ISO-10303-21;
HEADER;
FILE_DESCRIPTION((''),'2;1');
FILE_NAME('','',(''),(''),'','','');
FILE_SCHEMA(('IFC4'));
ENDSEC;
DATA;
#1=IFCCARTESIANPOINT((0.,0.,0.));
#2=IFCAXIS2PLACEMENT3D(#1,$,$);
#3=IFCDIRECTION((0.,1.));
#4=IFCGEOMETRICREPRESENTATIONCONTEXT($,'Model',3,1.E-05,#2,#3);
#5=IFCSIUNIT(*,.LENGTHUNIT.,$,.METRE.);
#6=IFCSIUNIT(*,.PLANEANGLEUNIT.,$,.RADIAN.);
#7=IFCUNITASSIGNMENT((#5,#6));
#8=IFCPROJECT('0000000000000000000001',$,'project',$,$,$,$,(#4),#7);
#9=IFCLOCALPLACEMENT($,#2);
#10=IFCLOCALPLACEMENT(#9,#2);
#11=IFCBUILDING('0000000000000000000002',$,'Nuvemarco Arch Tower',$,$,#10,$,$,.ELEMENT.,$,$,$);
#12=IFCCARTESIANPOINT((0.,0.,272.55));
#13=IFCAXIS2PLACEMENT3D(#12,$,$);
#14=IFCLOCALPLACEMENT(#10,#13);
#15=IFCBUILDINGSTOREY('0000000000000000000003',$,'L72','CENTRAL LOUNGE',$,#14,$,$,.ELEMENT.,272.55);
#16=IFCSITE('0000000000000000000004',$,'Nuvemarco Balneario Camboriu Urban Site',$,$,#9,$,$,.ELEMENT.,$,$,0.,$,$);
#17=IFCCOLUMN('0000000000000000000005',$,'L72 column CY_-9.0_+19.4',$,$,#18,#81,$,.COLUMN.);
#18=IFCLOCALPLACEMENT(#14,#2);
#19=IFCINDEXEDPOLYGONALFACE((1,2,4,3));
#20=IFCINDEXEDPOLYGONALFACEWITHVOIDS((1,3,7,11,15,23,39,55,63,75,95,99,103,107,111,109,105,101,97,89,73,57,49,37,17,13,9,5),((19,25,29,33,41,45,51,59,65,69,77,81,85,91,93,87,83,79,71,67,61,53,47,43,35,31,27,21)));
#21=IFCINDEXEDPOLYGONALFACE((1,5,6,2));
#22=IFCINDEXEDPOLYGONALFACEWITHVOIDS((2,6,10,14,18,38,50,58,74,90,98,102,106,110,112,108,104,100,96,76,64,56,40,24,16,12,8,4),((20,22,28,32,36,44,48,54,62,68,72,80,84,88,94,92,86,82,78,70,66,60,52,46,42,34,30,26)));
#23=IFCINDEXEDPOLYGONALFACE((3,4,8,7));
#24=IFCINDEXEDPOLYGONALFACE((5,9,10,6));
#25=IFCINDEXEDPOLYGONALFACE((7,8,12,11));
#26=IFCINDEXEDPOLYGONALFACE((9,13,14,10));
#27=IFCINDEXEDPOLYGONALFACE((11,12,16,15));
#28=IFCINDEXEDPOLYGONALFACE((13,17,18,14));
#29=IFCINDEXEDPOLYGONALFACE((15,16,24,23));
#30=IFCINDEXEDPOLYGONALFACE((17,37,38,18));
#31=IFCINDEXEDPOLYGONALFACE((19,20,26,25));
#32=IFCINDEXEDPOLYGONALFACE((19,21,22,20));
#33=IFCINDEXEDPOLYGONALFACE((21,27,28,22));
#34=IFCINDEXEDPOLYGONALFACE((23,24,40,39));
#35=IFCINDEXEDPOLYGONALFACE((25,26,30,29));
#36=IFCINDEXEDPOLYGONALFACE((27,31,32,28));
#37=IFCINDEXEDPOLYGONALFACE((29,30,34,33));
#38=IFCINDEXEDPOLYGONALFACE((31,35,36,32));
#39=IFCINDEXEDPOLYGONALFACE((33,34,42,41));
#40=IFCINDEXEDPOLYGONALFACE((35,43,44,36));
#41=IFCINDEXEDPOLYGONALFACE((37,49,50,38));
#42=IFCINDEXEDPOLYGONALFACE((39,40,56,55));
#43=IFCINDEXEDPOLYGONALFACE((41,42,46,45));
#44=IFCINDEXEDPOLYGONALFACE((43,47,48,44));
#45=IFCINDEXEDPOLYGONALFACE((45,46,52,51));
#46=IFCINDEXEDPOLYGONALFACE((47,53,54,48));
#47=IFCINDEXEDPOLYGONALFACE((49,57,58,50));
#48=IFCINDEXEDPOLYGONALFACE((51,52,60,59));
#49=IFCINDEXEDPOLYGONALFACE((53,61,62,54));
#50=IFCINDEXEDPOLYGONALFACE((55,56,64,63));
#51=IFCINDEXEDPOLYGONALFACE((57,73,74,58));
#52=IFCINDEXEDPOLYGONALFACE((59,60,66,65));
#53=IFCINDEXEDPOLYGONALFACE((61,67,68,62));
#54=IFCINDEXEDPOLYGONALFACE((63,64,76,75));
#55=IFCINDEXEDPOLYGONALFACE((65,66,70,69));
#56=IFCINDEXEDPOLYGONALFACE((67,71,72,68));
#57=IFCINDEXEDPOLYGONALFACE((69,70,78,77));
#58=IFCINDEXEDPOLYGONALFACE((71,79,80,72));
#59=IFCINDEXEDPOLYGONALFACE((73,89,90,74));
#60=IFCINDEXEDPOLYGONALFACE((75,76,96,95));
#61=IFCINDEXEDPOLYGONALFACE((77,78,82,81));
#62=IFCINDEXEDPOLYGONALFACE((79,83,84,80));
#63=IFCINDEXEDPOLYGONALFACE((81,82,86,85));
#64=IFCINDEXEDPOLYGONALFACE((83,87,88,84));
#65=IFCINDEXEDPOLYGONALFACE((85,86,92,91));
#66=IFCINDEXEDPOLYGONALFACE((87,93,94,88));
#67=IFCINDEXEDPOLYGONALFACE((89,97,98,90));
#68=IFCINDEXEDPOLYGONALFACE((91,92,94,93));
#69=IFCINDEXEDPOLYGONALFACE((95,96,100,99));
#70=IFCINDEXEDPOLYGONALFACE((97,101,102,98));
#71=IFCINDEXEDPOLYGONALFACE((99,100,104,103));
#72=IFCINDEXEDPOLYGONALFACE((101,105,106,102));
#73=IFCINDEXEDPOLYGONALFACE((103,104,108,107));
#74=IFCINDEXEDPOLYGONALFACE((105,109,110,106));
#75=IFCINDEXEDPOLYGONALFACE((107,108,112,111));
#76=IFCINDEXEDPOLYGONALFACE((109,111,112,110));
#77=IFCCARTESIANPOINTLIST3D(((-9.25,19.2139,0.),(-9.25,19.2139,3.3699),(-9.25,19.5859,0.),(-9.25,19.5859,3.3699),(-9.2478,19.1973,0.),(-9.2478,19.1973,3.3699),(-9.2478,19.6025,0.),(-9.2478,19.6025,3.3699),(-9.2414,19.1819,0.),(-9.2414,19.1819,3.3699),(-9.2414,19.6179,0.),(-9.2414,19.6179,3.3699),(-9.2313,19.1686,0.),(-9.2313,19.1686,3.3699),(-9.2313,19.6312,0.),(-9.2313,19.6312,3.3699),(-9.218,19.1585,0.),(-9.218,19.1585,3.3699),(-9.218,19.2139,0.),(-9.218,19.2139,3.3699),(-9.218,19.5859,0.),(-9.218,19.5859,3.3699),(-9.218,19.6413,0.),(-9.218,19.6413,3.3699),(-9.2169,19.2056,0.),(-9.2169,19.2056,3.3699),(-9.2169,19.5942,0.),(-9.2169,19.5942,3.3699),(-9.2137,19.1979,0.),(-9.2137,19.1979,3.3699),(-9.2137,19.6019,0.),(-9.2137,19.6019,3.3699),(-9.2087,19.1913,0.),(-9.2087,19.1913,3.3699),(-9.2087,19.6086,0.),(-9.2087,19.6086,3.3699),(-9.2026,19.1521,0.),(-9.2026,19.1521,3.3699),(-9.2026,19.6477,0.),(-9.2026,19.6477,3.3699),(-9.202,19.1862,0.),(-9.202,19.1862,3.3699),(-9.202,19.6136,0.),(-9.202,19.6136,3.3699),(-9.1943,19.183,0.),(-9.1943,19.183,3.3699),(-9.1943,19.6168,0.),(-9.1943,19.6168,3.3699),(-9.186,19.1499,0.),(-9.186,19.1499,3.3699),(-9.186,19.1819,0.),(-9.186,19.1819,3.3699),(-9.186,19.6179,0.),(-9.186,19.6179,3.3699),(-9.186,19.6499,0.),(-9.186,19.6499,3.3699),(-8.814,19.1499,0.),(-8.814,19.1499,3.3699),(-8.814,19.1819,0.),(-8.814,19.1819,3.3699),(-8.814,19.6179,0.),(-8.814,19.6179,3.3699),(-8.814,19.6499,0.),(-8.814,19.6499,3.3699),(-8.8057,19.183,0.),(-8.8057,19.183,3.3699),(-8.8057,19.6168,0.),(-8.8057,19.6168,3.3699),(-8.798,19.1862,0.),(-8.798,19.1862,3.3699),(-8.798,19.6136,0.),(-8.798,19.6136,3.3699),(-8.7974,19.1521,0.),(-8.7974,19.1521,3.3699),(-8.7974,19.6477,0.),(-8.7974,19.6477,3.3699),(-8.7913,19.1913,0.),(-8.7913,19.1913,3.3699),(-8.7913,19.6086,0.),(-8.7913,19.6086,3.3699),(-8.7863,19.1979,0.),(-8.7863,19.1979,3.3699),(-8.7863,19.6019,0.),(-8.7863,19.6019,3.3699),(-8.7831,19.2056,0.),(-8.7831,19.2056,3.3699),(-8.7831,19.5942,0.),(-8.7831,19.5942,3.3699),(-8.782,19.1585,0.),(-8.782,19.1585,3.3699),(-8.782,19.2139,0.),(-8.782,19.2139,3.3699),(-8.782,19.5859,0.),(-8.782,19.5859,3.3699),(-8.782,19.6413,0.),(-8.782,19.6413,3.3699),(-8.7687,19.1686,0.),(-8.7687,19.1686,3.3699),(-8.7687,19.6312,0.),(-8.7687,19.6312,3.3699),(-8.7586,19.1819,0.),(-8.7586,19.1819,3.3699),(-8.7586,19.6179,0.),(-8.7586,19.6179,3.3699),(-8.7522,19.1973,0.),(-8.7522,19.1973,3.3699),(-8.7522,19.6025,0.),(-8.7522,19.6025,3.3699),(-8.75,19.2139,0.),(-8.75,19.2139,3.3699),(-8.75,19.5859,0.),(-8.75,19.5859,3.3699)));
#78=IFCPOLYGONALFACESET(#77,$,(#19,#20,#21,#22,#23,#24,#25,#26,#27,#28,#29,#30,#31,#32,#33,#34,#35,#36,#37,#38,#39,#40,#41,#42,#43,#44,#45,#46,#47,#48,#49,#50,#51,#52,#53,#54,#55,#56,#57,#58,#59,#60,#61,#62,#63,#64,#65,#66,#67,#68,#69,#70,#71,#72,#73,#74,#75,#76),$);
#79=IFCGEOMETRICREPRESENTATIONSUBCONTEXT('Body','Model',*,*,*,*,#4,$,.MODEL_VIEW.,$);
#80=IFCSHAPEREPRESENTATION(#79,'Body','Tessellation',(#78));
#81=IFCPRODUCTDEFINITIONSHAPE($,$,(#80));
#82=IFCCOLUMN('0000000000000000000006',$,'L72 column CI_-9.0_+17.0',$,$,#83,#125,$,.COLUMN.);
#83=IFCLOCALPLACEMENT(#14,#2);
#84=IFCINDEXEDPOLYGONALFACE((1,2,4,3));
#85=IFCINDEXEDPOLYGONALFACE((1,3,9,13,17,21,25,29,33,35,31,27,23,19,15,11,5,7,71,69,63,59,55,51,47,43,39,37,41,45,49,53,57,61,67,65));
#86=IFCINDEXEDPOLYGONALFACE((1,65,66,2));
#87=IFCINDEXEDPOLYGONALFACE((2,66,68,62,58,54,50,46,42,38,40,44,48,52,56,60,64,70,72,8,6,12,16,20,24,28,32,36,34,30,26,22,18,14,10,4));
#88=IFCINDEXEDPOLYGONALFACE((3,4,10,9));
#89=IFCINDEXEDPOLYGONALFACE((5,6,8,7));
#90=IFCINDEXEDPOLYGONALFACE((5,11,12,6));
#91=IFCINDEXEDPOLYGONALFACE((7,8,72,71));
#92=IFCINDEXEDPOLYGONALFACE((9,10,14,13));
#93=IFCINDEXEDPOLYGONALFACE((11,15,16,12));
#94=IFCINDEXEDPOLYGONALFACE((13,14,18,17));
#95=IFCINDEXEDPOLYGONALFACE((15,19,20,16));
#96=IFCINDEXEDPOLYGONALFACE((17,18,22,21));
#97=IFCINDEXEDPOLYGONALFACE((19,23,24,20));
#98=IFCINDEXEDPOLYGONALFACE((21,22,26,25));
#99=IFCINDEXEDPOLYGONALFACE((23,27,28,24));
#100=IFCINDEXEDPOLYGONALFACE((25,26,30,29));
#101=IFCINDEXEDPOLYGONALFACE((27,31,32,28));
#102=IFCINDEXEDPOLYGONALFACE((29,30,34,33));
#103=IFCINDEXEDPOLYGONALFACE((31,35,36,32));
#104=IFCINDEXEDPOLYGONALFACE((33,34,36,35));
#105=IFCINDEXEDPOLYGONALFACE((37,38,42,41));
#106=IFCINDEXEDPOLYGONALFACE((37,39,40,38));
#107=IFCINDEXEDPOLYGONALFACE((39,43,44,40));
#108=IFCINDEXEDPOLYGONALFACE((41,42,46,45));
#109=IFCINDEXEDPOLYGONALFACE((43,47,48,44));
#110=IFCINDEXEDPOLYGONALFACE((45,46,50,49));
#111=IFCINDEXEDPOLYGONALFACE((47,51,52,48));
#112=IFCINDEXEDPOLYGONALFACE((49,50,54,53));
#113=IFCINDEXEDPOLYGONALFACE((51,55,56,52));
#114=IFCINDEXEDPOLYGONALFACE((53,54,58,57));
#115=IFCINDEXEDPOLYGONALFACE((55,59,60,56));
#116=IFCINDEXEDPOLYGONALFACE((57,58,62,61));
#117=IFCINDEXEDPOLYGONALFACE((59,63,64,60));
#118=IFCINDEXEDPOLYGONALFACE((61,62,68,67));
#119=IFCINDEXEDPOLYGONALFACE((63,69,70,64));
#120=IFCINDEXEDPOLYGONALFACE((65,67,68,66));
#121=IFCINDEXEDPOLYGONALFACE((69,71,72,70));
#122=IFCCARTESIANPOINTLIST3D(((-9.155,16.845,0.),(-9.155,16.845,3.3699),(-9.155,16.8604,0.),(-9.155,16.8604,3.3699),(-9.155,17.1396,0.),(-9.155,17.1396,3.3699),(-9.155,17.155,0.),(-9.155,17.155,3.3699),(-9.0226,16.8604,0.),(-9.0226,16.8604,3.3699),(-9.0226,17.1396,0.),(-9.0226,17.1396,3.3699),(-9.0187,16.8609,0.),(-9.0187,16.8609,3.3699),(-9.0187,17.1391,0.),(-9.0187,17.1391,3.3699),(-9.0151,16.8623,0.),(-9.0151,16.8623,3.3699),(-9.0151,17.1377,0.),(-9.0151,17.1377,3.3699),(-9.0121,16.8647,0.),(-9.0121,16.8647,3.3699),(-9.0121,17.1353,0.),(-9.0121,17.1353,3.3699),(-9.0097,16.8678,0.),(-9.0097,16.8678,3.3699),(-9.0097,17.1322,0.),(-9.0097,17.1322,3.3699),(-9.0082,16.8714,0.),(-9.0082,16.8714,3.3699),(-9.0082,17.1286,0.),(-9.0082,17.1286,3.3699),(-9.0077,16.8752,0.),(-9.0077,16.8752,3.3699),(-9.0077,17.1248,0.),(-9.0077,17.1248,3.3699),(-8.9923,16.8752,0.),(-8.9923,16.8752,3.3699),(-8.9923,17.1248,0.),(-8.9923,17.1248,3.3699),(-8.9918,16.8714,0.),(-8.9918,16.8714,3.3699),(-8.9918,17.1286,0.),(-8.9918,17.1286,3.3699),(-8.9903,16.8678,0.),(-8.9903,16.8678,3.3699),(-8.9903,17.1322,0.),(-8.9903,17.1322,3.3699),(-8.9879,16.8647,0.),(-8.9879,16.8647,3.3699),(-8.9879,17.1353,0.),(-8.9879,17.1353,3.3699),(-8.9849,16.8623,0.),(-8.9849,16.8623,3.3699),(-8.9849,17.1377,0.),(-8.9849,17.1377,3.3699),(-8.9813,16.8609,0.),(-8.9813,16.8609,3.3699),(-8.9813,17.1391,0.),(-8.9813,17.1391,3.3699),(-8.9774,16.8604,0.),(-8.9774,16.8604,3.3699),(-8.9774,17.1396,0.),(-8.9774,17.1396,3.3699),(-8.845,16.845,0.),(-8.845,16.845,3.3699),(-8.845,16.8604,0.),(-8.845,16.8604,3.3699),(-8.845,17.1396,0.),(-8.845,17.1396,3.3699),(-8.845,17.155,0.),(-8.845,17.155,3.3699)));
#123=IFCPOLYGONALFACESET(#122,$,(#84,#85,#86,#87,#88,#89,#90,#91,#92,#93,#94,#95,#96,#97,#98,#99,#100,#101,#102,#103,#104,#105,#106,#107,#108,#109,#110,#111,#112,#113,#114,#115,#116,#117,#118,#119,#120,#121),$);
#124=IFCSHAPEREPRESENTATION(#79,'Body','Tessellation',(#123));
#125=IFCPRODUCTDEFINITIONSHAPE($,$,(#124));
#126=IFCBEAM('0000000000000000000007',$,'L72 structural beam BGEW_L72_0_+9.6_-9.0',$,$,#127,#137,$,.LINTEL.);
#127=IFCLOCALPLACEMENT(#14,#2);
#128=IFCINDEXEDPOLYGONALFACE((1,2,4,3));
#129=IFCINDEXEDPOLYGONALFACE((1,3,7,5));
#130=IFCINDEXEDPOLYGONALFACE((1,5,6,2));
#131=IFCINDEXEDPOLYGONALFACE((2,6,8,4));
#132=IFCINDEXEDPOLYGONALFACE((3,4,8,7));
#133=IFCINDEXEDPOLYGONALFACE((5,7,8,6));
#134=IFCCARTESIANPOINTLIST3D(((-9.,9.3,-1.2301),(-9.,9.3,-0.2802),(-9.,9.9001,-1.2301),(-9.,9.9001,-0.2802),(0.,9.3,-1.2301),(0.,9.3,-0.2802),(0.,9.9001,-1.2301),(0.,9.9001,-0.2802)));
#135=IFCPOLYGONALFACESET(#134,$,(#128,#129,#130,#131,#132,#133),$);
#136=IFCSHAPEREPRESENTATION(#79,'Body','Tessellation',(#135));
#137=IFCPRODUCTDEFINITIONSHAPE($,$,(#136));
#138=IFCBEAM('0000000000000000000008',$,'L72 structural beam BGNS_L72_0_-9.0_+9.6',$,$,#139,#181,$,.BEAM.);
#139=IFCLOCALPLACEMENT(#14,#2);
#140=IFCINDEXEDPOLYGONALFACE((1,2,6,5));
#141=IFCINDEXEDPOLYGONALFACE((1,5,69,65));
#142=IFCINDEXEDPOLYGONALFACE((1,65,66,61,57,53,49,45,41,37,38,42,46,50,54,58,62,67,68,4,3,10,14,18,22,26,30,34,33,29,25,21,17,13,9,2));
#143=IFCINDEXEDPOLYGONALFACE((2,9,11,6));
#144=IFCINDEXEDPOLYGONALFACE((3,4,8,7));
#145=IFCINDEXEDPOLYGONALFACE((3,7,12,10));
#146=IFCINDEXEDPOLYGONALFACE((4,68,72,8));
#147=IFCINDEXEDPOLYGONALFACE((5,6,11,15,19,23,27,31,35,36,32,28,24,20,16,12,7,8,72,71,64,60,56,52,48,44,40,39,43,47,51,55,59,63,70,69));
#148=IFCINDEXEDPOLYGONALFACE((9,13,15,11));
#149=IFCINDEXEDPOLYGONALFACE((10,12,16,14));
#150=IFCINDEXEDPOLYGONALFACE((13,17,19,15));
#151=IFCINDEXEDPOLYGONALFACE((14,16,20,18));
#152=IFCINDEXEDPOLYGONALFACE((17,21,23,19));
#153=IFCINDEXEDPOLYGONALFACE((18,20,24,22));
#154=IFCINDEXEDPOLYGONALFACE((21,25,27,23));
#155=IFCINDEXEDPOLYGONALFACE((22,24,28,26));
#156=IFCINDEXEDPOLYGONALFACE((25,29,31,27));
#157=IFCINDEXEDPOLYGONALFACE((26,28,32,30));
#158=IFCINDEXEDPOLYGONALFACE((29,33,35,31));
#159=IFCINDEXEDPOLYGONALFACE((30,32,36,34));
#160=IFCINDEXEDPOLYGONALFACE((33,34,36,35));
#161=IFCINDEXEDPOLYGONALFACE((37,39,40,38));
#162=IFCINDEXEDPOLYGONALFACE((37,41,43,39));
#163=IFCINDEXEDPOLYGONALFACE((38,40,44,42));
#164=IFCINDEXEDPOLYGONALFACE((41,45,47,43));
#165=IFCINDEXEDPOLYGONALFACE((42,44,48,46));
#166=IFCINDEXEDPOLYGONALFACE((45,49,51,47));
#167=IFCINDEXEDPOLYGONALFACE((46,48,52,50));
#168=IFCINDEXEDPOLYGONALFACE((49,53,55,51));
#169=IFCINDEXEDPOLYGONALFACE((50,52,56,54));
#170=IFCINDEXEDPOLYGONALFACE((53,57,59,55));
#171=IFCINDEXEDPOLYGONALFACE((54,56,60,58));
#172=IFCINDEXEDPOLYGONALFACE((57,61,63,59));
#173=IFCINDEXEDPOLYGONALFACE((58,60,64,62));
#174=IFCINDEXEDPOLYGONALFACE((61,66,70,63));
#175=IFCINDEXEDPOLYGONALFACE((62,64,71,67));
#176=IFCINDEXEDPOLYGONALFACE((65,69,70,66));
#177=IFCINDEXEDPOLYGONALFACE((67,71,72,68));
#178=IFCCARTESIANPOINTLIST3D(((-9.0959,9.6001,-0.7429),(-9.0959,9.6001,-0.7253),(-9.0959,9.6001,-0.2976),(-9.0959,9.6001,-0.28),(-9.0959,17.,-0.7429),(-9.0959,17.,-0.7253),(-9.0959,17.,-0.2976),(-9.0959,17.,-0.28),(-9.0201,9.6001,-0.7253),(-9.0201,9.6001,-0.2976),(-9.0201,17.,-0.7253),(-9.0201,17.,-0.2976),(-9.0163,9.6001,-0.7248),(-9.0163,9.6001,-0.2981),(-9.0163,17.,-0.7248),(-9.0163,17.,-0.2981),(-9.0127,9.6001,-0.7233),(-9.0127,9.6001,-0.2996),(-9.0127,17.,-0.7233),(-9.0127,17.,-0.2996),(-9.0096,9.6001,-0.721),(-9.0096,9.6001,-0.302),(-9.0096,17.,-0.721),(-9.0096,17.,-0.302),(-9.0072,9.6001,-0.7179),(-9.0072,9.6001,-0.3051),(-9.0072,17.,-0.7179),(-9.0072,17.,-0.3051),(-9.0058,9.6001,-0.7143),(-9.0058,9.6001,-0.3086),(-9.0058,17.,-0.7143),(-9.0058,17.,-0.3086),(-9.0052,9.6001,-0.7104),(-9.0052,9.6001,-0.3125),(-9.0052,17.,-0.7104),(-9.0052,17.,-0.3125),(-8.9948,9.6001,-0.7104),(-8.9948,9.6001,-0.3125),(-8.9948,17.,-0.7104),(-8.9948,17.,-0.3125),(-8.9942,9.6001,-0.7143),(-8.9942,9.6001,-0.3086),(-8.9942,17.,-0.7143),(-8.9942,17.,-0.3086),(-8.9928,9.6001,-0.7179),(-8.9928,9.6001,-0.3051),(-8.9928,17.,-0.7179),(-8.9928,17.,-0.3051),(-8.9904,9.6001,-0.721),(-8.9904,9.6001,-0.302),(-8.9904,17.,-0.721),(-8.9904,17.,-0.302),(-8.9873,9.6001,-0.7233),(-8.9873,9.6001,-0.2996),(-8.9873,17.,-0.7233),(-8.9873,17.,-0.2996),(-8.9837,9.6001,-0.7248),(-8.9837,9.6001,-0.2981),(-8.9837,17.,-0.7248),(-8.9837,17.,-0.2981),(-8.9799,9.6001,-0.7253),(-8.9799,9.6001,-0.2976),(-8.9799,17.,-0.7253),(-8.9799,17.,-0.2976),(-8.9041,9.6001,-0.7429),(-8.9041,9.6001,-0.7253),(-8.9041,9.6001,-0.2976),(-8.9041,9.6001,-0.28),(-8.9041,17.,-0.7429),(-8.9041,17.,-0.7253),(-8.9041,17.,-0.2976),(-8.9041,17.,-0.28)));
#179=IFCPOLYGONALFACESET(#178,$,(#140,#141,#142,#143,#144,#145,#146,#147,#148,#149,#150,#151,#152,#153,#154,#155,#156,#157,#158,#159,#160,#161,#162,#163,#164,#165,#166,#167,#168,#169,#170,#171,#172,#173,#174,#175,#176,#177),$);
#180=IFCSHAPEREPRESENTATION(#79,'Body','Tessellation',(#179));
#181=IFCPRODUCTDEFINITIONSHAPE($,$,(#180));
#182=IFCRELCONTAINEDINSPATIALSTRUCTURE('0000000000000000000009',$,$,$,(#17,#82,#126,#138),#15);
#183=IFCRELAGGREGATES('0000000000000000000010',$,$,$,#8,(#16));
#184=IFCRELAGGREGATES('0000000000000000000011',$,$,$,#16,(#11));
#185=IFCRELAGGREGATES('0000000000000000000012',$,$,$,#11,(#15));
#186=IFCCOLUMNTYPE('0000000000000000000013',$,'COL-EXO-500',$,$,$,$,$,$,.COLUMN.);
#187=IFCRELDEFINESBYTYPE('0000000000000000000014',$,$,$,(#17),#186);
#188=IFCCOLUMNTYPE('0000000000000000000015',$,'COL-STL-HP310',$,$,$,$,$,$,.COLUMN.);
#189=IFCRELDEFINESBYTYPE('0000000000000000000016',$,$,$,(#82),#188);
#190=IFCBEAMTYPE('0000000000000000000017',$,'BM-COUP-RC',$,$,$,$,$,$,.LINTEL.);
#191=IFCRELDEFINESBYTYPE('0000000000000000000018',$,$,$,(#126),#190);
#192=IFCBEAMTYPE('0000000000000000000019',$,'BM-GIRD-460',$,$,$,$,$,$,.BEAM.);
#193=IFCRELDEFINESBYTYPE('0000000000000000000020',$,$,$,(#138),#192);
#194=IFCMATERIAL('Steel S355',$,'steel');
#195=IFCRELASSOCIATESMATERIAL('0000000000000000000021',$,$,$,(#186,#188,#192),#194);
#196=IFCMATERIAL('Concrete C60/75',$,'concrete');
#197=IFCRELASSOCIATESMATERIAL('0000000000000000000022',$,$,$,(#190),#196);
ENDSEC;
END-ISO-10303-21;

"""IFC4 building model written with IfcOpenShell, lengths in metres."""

from ifc_helpers import new_model, si_unit, direction, frame, origin, origin_2d, place, context, subcontext, project, spatial, rectangle, hollow_rectangle, i_section, extrude, material, material_profile, profile_set, type_object, element, save


model = new_model("IFC4")

# Units and contexts
model_context = context("Model", 3, precision=1e-05, world=origin(), true_north=direction((0.0, 1.0)))
body_context = subcontext(model_context, "Body", "Model", "MODEL_VIEW")
ifc_project = project(units=[si_unit("LENGTHUNIT", "METRE"), si_unit("PLANEANGLEUNIT", "RADIAN")], contexts=[model_context])

# Site, building, storey
site_placement = place(None, origin())
site = spatial("IfcSite", under=ifc_project, at=site_placement, Name="Nuvemarco Balneario Camboriu Urban Site", CompositionType="ELEMENT", RefElevation=0.0)
building_placement = place(site_placement, origin())
building = spatial("IfcBuilding", under=site, at=building_placement, Name="Nuvemarco Arch Tower", CompositionType="ELEMENT")
storey_placement = place(building_placement, frame((0.0, 0.0, 272.55)))
storey = spatial("IfcBuildingStorey", under=building, at=storey_placement, Name="L72", Description="CENTRAL LOUNGE", CompositionType="ELEMENT", Elevation=272.55)

# Columns
ifc_material_1 = material(Name="Steel S355", Category="steel")
ifc_material_profile_1 = material_profile(ifc_material_1, hollow_rectangle(XDim=0.5, YDim=0.5, WallThickness=0.032, InnerFilletRadius=0.032, OuterFilletRadius=0.064, at=origin_2d()), Name="SHS500x500x32")
ifc_profile_set_1 = profile_set([ifc_material_profile_1], Name="Steel S355")
column_type_1 = type_object("IfcColumnType", Name="COL-EXO-500", PredefinedType="COLUMN", material=ifc_profile_set_1)
column_1_placement = place(storey_placement, frame((-9.0, 19.3999, 0.0), z_axis=(0.0, 0.0, 1.0), x_axis=(1.0, 0.0, 0.0)))
element("IfcColumn", 1, at=column_1_placement, inside=storey, type_object=column_type_1, Name="L72 column CY_-9.0_+19.4", PredefinedType="COLUMN", context=body_context, shape_type="SweptSolid", body=[
    extrude(hollow_rectangle(XDim=0.5, YDim=0.5, WallThickness=0.032, InnerFilletRadius=0.032, OuterFilletRadius=0.064, at=origin_2d()), origin(), (0.0, 0.0, 1.0), 3.3699),
])
ifc_material_profile_2 = material_profile(ifc_material_1, i_section(OverallWidth=0.3101, OverallDepth=0.3101, WebThickness=0.0154, FlangeThickness=0.0154, FilletRadius=0.0149, at=origin_2d()), Name="HP310x110")
ifc_profile_set_2 = profile_set([ifc_material_profile_2], Name="Steel S355")
column_type_2 = type_object("IfcColumnType", Name="COL-STL-HP310", PredefinedType="COLUMN", material=ifc_profile_set_2)
column_2_placement = place(storey_placement, frame((-9.0, 17.0, 0.0), z_axis=(0.0, 0.0, 1.0), x_axis=(1.0, 0.0, 0.0)))
element("IfcColumn", 2, at=column_2_placement, inside=storey, type_object=column_type_2, Name="L72 column CI_-9.0_+17.0", PredefinedType="COLUMN", context=body_context, shape_type="SweptSolid", body=[
    extrude(i_section(OverallWidth=0.3101, OverallDepth=0.3101, WebThickness=0.0154, FlangeThickness=0.0154, FilletRadius=0.0149, at=origin_2d()), origin(), (0.0, 0.0, 1.0), 3.3699),
])

# Beams
ifc_material_2 = material(Name="Concrete C60/75", Category="concrete")
ifc_material_profile_3 = material_profile(ifc_material_2, rectangle(XDim=0.6001, YDim=0.95, at=origin_2d()), Name="RC-BM-600x950")
ifc_profile_set_3 = profile_set([ifc_material_profile_3], Name="Concrete C60/75")
beam_type_1 = type_object("IfcBeamType", Name="BM-COUP-RC", PredefinedType="LINTEL", material=ifc_profile_set_3)
beam_1_placement = place(storey_placement, frame((-9.0, 9.6001, -0.7551), z_axis=(1.0, 0.0, 0.0), x_axis=(0.0, 1.0, 0.0)))
element("IfcBeam", 3, at=beam_1_placement, inside=storey, type_object=beam_type_1, Name="L72 structural beam BGEW_L72_0_+9.6_-9.0", PredefinedType="LINTEL", context=body_context, shape_type="SweptSolid", body=[
    extrude(rectangle(XDim=0.6001, YDim=0.95, at=origin_2d()), origin(), (0.0, 0.0, 1.0), 9.0),
])
ifc_material_profile_4 = material_profile(ifc_material_1, i_section(OverallWidth=0.1919, OverallDepth=0.4629, WebThickness=0.0105, FlangeThickness=0.0176, FilletRadius=0.0149, at=origin_2d()), Name="W460x89")
ifc_profile_set_4 = profile_set([ifc_material_profile_4], Name="Steel S355")
beam_type_2 = type_object("IfcBeamType", Name="BM-GIRD-460", PredefinedType="BEAM", material=ifc_profile_set_4)
beam_2_placement = place(storey_placement, frame((-9.0, 9.6001, -0.5115), z_axis=(0.0, 1.0, 0.0), x_axis=(-1.0, 0.0, 0.0)))
element("IfcBeam", 4, at=beam_2_placement, inside=storey, type_object=beam_type_2, Name="L72 structural beam BGNS_L72_0_-9.0_+9.6", PredefinedType="BEAM", context=body_context, shape_type="SweptSolid", body=[
    extrude(i_section(OverallWidth=0.1919, OverallDepth=0.4629, WebThickness=0.0105, FlangeThickness=0.0176, FilletRadius=0.0149, at=origin_2d()), origin(), (0.0, 0.0, 1.0), 7.3999),
])

save(model, "model.ifc")
